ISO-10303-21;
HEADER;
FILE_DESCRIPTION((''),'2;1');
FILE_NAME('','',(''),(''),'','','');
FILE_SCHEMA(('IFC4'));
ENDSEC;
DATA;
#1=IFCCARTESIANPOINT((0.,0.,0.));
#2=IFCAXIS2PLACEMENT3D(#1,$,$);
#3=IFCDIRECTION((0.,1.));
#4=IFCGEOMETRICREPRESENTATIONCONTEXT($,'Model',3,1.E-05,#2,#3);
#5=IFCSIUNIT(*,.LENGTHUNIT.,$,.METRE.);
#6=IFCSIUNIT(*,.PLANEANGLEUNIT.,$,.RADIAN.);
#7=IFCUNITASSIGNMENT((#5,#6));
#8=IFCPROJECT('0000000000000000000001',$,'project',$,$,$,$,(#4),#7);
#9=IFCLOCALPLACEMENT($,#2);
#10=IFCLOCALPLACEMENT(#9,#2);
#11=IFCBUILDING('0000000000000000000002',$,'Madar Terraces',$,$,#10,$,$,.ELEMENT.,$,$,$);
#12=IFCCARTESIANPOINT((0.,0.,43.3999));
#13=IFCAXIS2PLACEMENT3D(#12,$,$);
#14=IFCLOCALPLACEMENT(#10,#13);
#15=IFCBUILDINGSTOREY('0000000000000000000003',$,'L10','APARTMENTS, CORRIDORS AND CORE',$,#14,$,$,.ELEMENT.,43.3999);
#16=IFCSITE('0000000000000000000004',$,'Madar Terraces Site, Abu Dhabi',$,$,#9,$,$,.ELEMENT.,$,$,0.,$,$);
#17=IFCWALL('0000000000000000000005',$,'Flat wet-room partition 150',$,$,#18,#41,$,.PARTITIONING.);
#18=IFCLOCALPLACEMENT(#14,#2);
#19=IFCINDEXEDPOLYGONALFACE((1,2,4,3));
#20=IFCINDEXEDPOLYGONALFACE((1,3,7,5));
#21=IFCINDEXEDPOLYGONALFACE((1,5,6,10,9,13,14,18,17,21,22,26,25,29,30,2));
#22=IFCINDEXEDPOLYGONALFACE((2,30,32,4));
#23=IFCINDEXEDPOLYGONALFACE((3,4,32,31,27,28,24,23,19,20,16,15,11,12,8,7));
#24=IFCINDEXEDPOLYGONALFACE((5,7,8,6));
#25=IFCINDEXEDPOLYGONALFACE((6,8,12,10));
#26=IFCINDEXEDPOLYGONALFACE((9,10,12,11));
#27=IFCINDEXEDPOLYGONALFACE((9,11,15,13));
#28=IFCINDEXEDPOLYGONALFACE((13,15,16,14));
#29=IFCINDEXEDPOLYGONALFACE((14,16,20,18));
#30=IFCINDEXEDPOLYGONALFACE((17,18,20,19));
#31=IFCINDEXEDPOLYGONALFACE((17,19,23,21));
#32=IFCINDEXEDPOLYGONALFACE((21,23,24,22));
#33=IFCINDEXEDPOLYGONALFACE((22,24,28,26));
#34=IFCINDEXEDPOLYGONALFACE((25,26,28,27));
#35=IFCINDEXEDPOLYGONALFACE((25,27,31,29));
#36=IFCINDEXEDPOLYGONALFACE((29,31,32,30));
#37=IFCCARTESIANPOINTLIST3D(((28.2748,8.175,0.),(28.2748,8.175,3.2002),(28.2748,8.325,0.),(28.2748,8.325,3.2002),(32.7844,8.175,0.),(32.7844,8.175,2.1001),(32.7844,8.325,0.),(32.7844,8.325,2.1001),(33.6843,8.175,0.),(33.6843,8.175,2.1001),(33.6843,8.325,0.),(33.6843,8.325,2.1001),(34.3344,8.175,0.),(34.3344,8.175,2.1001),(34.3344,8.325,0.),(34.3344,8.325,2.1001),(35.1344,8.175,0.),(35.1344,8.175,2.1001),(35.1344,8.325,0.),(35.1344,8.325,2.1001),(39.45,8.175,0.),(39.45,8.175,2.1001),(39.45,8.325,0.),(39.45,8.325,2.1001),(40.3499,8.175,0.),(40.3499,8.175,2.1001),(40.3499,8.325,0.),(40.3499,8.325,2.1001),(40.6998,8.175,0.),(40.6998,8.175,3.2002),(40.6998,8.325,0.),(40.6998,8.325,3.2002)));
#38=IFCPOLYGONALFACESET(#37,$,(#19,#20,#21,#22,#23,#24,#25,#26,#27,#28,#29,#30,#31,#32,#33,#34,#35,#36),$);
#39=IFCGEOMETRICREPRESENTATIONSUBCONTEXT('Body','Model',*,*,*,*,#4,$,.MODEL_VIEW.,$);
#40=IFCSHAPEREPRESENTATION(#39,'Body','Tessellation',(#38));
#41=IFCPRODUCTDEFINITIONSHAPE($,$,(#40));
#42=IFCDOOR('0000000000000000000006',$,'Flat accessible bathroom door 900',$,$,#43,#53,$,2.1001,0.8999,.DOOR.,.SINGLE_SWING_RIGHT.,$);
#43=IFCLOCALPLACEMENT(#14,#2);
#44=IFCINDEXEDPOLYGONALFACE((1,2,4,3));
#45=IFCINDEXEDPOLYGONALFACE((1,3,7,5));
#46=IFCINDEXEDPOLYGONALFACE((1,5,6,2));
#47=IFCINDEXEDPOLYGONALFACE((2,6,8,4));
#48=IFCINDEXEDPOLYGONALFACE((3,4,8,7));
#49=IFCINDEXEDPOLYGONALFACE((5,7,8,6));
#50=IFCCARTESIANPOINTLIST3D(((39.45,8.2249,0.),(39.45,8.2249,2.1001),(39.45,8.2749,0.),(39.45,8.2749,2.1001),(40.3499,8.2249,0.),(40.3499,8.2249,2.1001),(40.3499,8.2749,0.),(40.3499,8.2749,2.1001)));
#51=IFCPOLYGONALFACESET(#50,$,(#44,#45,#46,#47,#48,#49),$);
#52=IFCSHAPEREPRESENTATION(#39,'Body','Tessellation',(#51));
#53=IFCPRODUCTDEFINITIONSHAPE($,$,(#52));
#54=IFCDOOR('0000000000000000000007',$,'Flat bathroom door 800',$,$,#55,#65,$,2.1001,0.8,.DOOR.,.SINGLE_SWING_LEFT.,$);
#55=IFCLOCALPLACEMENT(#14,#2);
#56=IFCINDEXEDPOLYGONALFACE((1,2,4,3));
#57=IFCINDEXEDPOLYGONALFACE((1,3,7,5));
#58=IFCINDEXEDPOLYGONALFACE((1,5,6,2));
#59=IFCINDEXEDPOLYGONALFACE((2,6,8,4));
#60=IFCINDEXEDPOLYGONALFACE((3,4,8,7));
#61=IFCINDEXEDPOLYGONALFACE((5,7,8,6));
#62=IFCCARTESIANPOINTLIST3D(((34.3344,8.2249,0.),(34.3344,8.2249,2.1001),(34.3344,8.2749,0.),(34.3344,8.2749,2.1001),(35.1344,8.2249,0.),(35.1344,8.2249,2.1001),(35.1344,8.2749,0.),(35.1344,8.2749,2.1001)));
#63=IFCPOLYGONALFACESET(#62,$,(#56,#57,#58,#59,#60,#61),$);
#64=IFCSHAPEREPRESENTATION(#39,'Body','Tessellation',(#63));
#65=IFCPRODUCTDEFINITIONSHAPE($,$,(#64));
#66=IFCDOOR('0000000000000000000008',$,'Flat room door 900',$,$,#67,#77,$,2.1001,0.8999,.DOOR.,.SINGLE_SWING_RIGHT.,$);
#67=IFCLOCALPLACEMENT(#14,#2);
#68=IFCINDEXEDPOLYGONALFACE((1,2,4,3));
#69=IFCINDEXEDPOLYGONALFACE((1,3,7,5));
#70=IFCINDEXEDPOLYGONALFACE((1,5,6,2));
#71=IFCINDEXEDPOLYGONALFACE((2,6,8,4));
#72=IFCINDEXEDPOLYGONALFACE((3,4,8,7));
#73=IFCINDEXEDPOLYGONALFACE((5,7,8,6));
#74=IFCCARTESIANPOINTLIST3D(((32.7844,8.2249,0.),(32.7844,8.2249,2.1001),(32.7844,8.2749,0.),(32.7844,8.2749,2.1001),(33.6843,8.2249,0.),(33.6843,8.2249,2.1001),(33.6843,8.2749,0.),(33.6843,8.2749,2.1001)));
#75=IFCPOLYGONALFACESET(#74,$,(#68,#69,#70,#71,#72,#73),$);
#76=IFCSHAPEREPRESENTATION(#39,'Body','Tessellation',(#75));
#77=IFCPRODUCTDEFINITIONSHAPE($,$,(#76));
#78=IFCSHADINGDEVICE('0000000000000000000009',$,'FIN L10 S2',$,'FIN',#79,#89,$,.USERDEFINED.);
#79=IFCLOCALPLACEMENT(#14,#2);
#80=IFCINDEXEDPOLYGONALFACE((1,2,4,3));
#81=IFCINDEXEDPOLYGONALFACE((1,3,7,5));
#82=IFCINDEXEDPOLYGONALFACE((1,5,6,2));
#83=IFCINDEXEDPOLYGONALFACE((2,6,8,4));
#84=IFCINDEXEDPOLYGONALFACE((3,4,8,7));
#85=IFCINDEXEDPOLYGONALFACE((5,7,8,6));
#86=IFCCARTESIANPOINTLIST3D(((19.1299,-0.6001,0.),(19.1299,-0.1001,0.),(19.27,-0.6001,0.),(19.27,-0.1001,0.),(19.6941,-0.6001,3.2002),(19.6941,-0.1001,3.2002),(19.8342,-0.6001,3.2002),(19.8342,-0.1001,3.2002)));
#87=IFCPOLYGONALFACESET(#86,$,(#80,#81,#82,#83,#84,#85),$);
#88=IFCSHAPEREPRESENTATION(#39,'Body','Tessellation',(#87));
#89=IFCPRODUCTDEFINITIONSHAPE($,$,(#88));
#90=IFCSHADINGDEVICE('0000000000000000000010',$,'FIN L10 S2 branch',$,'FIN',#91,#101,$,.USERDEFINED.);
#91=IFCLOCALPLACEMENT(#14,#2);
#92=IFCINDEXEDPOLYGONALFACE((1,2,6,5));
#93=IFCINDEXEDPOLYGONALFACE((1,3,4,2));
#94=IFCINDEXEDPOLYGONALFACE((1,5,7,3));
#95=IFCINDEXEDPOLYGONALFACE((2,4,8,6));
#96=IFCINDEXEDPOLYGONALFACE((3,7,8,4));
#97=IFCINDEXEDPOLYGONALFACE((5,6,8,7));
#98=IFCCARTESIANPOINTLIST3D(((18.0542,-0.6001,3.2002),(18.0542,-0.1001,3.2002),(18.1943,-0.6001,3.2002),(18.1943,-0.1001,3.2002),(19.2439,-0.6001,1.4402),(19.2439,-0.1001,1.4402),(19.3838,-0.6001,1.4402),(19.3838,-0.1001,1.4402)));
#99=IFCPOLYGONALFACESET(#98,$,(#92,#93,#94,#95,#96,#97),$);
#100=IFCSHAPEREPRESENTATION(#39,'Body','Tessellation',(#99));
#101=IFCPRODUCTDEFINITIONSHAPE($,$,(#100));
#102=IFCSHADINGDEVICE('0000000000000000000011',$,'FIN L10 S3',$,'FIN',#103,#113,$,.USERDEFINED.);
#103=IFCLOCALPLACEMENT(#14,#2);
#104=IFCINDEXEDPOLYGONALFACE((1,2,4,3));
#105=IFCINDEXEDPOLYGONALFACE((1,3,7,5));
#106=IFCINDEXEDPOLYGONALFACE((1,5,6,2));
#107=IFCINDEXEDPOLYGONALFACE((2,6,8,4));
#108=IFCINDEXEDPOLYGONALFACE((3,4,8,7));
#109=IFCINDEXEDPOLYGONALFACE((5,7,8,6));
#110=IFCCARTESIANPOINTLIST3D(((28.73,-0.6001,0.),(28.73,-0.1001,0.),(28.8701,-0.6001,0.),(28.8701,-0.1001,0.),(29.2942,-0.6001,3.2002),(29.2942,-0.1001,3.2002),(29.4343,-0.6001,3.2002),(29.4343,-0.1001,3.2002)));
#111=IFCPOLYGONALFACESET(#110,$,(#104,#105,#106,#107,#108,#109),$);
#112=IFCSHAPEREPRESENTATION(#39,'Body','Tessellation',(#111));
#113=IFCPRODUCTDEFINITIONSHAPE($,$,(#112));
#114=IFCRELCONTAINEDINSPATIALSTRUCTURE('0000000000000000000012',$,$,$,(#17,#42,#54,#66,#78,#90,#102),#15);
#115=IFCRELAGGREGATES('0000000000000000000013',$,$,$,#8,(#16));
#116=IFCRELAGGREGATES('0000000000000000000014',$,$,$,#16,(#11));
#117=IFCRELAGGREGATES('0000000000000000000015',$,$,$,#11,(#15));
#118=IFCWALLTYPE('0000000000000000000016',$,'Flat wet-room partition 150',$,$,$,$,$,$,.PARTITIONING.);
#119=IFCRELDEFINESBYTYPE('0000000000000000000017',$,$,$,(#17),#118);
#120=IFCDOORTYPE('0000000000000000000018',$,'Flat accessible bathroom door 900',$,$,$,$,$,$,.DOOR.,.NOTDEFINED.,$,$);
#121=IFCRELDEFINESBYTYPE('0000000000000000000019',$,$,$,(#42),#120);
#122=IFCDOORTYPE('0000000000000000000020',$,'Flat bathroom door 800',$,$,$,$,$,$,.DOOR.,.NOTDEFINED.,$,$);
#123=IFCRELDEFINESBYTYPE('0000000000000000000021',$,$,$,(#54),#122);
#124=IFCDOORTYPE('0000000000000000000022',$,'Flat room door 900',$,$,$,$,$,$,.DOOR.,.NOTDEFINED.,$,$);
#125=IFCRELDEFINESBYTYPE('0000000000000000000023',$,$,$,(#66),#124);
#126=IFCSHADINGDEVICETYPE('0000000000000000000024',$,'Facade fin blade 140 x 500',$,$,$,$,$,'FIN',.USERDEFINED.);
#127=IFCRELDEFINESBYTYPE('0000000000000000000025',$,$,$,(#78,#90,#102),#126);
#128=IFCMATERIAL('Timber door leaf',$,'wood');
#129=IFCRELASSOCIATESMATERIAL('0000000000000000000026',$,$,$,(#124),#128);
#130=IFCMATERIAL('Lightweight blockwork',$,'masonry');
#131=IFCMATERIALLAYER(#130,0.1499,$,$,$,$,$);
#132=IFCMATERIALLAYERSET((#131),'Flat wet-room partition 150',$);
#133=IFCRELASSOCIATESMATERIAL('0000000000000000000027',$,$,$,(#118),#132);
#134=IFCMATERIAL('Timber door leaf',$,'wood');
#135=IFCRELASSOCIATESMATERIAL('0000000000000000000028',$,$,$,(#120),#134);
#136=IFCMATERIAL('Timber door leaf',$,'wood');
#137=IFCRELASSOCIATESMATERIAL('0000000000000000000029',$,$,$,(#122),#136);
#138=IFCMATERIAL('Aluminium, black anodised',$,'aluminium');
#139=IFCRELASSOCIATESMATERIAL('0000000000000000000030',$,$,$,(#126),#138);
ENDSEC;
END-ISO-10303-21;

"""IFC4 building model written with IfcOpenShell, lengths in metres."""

from ifc_helpers import new_model, si_unit, direction, frame, frame_2d, origin, place, context, subcontext, project, spatial, polyline, rectangle, outline, extrude, material, layer, layer_set, type_object, element, fill, save


model = new_model("IFC4")

# Units and contexts
model_context = context("Model", 3, precision=1e-05, world=origin(), true_north=direction((0.0, 1.0)))
body_context = subcontext(model_context, "Body", "Model", "MODEL_VIEW")
ifc_project = project(units=[si_unit("LENGTHUNIT", "METRE"), si_unit("PLANEANGLEUNIT", "RADIAN")], contexts=[model_context])

# Site, building, storey
site_placement = place(None, origin())
site = spatial("IfcSite", under=ifc_project, at=site_placement, Name="Madar Terraces Site, Abu Dhabi", CompositionType="ELEMENT", RefElevation=0.0)
building_placement = place(site_placement, origin())
building = spatial("IfcBuilding", under=site, at=building_placement, Name="Madar Terraces", CompositionType="ELEMENT")
storey_placement = place(building_placement, frame((0.0, 0.0, 43.3999)))
storey = spatial("IfcBuildingStorey", under=building, at=storey_placement, Name="L10", Description="APARTMENTS, CORRIDORS AND CORE", CompositionType="ELEMENT", Elevation=43.3999)

# Wall, openings, doors
ifc_material_1 = material(Name="Timber door leaf", Category="wood")
door_type_1 = type_object("IfcDoorType", Name="Flat room door 900", OperationType="NOTDEFINED", PredefinedType="DOOR", material=ifc_material_1)
ifc_material_2 = material(Name="Lightweight blockwork", Category="masonry")
ifc_layer_1 = layer(ifc_material_2, 0.1499)
ifc_layer_set_1 = layer_set([ifc_layer_1], Name="Flat wet-room partition 150")
wall_type_1 = type_object("IfcWallType", Name="Flat wet-room partition 150", PredefinedType="PARTITIONING", material=ifc_layer_set_1)
wall_1_placement = place(storey_placement, frame((28.2749, 8.25, 0.0), z_axis=(0.0, 0.0, 1.0), x_axis=(1.0, 0.0, 0.0)))
wall_1 = element("IfcWall", 1, at=wall_1_placement, inside=storey, type_object=wall_type_1, Name="Flat wet-room partition 150", PredefinedType="PARTITIONING", context=body_context, shape_type="SweptSolid", body=[
    extrude(rectangle(XDim=12.425, YDim=0.1499, at=frame_2d((6.2124, 0.0))), origin(), (0.0, 0.0, 1.0), 3.2002),
])
opening_1_placement = place(wall_1_placement, frame((4.5095, 0.0, 0.0)))
opening_1 = element("IfcOpeningElement", 2, at=opening_1_placement, cuts=wall_1, PredefinedType="OPENING", context=body_context, shape_type="SweptSolid", body=[
    extrude(rectangle(XDim=0.8999, YDim=2.1001, at=frame_2d((0.45, 1.05))), frame((0.0, 0.085, 0.0), z_axis=(0.0, -1.0, 0.0), x_axis=(1.0, 0.0, 0.0)), (0.0, 0.0, 1.0), 0.1699),
])
opening_2_placement = place(wall_1_placement, frame((6.0596, 0.0, 0.0)))
opening_2 = element("IfcOpeningElement", 3, at=opening_2_placement, cuts=wall_1, PredefinedType="OPENING", context=body_context, shape_type="SweptSolid", body=[
    extrude(rectangle(XDim=0.8, YDim=2.1001, at=frame_2d((0.3999, 1.05))), frame((0.0, 0.085, 0.0), z_axis=(0.0, -1.0, 0.0), x_axis=(1.0, 0.0, 0.0)), (0.0, 0.0, 1.0), 0.1699),
])
opening_3_placement = place(wall_1_placement, frame((11.175, 0.0, 0.0)))
opening_3 = element("IfcOpeningElement", 4, at=opening_3_placement, cuts=wall_1, PredefinedType="OPENING", context=body_context, shape_type="SweptSolid", body=[
    extrude(rectangle(XDim=0.8999, YDim=2.1001, at=frame_2d((0.45, 1.05))), frame((0.0, 0.085, 0.0), z_axis=(0.0, -1.0, 0.0), x_axis=(1.0, 0.0, 0.0)), (0.0, 0.0, 1.0), 0.1699),
])
ifc_material_3 = material(Name="Timber door leaf", Category="wood")
door_type_2 = type_object("IfcDoorType", Name="Flat accessible bathroom door 900", OperationType="NOTDEFINED", PredefinedType="DOOR", material=ifc_material_3)
door_1_placement = place(opening_3_placement, origin())
door_1 = element("IfcDoor", 5, at=door_1_placement, inside=storey, type_object=door_type_2, Name="Flat accessible bathroom door 900", OperationType="SINGLE_SWING_RIGHT", OverallHeight=2.1001, OverallWidth=0.8999, PredefinedType="DOOR", context=body_context, shape_type="SweptSolid", body=[
    extrude(rectangle(XDim=0.8999, YDim=2.1001, at=frame_2d((0.45, 1.05))), frame((0.0, 0.0249, 0.0), z_axis=(0.0, -1.0, 0.0), x_axis=(1.0, 0.0, 0.0)), (0.0, 0.0, 1.0), 0.05),
])
fill(opening_3, door_1)
ifc_material_4 = material(Name="Timber door leaf", Category="wood")
door_type_3 = type_object("IfcDoorType", Name="Flat bathroom door 800", OperationType="NOTDEFINED", PredefinedType="DOOR", material=ifc_material_4)
door_2_placement = place(opening_2_placement, origin())
door_2 = element("IfcDoor", 6, at=door_2_placement, inside=storey, type_object=door_type_3, Name="Flat bathroom door 800", OperationType="SINGLE_SWING_LEFT", OverallHeight=2.1001, OverallWidth=0.8, PredefinedType="DOOR", context=body_context, shape_type="SweptSolid", body=[
    extrude(rectangle(XDim=0.8, YDim=2.1001, at=frame_2d((0.3999, 1.05))), frame((0.0, 0.0249, 0.0), z_axis=(0.0, -1.0, 0.0), x_axis=(1.0, 0.0, 0.0)), (0.0, 0.0, 1.0), 0.05),
])
fill(opening_2, door_2)
door_3_placement = place(opening_1_placement, origin())
door_3 = element("IfcDoor", 7, at=door_3_placement, inside=storey, type_object=door_type_1, Name="Flat room door 900", OperationType="SINGLE_SWING_RIGHT", OverallHeight=2.1001, OverallWidth=0.8999, PredefinedType="DOOR", context=body_context, shape_type="SweptSolid", body=[
    extrude(rectangle(XDim=0.8999, YDim=2.1001, at=frame_2d((0.45, 1.05))), frame((0.0, 0.0249, 0.0), z_axis=(0.0, -1.0, 0.0), x_axis=(1.0, 0.0, 0.0)), (0.0, 0.0, 1.0), 0.05),
])
fill(opening_1, door_3)

# Shading devices
ifc_material_5 = material(Name="Aluminium, black anodised", Category="aluminium")
shading_device_type = type_object("IfcShadingDeviceType", Name="Facade fin blade 140 x 500", ElementType="FIN", PredefinedType="USERDEFINED", material=ifc_material_5)
shading_device_1_placement = place(storey_placement, frame((19.1299, -0.3501, 0.0), z_axis=(0.0, 0.0, 1.0), x_axis=(1.0, 0.0, 0.0)))
element("IfcShadingDevice", 8, at=shading_device_1_placement, inside=storey, type_object=shading_device_type, Name="FIN L10 S2", ObjectType="FIN", PredefinedType="USERDEFINED", context=body_context, shape_type="SweptSolid", body=[
    extrude(outline(polyline([(0.0, 0.0), (0.1401, 0.0), (0.7043, 3.2002), (0.5642, 3.2002), (0.0, 0.0)])), frame((0.0, 0.25, 0.0), z_axis=(0.0, -1.0, 0.0), x_axis=(1.0, 0.0, 0.0)), (0.0, 0.0, 1.0), 0.5),
])
shading_device_2_placement = place(storey_placement, frame((19.2439, -0.3501, 1.4402), z_axis=(0.0, 0.0, 1.0), x_axis=(1.0, 0.0, 0.0)))
element("IfcShadingDevice", 9, at=shading_device_2_placement, inside=storey, type_object=shading_device_type, Name="FIN L10 S2 branch", ObjectType="FIN", PredefinedType="USERDEFINED", context=body_context, shape_type="SweptSolid", body=[
    extrude(outline(polyline([(0.0, 0.0), (0.1399, 0.0), (-1.0496, 1.76), (-1.1897, 1.76), (0.0, 0.0)])), frame((0.0, 0.25, 0.0), z_axis=(0.0, -1.0, 0.0), x_axis=(1.0, 0.0, 0.0)), (0.0, 0.0, 1.0), 0.5),
])
shading_device_3_placement = place(storey_placement, frame((28.73, -0.3501, 0.0), z_axis=(0.0, 0.0, 1.0), x_axis=(1.0, 0.0, 0.0)))
element("IfcShadingDevice", 10, at=shading_device_3_placement, inside=storey, type_object=shading_device_type, Name="FIN L10 S3", ObjectType="FIN", PredefinedType="USERDEFINED", context=body_context, shape_type="SweptSolid", body=[
    extrude(outline(polyline([(0.0, 0.0), (0.1401, 0.0), (0.7043, 3.2002), (0.5642, 3.2002), (0.0, 0.0)])), frame((0.0, 0.25, 0.0), z_axis=(0.0, -1.0, 0.0), x_axis=(1.0, 0.0, 0.0)), (0.0, 0.0, 1.0), 0.5),
])

save(model, "model.ifc")
